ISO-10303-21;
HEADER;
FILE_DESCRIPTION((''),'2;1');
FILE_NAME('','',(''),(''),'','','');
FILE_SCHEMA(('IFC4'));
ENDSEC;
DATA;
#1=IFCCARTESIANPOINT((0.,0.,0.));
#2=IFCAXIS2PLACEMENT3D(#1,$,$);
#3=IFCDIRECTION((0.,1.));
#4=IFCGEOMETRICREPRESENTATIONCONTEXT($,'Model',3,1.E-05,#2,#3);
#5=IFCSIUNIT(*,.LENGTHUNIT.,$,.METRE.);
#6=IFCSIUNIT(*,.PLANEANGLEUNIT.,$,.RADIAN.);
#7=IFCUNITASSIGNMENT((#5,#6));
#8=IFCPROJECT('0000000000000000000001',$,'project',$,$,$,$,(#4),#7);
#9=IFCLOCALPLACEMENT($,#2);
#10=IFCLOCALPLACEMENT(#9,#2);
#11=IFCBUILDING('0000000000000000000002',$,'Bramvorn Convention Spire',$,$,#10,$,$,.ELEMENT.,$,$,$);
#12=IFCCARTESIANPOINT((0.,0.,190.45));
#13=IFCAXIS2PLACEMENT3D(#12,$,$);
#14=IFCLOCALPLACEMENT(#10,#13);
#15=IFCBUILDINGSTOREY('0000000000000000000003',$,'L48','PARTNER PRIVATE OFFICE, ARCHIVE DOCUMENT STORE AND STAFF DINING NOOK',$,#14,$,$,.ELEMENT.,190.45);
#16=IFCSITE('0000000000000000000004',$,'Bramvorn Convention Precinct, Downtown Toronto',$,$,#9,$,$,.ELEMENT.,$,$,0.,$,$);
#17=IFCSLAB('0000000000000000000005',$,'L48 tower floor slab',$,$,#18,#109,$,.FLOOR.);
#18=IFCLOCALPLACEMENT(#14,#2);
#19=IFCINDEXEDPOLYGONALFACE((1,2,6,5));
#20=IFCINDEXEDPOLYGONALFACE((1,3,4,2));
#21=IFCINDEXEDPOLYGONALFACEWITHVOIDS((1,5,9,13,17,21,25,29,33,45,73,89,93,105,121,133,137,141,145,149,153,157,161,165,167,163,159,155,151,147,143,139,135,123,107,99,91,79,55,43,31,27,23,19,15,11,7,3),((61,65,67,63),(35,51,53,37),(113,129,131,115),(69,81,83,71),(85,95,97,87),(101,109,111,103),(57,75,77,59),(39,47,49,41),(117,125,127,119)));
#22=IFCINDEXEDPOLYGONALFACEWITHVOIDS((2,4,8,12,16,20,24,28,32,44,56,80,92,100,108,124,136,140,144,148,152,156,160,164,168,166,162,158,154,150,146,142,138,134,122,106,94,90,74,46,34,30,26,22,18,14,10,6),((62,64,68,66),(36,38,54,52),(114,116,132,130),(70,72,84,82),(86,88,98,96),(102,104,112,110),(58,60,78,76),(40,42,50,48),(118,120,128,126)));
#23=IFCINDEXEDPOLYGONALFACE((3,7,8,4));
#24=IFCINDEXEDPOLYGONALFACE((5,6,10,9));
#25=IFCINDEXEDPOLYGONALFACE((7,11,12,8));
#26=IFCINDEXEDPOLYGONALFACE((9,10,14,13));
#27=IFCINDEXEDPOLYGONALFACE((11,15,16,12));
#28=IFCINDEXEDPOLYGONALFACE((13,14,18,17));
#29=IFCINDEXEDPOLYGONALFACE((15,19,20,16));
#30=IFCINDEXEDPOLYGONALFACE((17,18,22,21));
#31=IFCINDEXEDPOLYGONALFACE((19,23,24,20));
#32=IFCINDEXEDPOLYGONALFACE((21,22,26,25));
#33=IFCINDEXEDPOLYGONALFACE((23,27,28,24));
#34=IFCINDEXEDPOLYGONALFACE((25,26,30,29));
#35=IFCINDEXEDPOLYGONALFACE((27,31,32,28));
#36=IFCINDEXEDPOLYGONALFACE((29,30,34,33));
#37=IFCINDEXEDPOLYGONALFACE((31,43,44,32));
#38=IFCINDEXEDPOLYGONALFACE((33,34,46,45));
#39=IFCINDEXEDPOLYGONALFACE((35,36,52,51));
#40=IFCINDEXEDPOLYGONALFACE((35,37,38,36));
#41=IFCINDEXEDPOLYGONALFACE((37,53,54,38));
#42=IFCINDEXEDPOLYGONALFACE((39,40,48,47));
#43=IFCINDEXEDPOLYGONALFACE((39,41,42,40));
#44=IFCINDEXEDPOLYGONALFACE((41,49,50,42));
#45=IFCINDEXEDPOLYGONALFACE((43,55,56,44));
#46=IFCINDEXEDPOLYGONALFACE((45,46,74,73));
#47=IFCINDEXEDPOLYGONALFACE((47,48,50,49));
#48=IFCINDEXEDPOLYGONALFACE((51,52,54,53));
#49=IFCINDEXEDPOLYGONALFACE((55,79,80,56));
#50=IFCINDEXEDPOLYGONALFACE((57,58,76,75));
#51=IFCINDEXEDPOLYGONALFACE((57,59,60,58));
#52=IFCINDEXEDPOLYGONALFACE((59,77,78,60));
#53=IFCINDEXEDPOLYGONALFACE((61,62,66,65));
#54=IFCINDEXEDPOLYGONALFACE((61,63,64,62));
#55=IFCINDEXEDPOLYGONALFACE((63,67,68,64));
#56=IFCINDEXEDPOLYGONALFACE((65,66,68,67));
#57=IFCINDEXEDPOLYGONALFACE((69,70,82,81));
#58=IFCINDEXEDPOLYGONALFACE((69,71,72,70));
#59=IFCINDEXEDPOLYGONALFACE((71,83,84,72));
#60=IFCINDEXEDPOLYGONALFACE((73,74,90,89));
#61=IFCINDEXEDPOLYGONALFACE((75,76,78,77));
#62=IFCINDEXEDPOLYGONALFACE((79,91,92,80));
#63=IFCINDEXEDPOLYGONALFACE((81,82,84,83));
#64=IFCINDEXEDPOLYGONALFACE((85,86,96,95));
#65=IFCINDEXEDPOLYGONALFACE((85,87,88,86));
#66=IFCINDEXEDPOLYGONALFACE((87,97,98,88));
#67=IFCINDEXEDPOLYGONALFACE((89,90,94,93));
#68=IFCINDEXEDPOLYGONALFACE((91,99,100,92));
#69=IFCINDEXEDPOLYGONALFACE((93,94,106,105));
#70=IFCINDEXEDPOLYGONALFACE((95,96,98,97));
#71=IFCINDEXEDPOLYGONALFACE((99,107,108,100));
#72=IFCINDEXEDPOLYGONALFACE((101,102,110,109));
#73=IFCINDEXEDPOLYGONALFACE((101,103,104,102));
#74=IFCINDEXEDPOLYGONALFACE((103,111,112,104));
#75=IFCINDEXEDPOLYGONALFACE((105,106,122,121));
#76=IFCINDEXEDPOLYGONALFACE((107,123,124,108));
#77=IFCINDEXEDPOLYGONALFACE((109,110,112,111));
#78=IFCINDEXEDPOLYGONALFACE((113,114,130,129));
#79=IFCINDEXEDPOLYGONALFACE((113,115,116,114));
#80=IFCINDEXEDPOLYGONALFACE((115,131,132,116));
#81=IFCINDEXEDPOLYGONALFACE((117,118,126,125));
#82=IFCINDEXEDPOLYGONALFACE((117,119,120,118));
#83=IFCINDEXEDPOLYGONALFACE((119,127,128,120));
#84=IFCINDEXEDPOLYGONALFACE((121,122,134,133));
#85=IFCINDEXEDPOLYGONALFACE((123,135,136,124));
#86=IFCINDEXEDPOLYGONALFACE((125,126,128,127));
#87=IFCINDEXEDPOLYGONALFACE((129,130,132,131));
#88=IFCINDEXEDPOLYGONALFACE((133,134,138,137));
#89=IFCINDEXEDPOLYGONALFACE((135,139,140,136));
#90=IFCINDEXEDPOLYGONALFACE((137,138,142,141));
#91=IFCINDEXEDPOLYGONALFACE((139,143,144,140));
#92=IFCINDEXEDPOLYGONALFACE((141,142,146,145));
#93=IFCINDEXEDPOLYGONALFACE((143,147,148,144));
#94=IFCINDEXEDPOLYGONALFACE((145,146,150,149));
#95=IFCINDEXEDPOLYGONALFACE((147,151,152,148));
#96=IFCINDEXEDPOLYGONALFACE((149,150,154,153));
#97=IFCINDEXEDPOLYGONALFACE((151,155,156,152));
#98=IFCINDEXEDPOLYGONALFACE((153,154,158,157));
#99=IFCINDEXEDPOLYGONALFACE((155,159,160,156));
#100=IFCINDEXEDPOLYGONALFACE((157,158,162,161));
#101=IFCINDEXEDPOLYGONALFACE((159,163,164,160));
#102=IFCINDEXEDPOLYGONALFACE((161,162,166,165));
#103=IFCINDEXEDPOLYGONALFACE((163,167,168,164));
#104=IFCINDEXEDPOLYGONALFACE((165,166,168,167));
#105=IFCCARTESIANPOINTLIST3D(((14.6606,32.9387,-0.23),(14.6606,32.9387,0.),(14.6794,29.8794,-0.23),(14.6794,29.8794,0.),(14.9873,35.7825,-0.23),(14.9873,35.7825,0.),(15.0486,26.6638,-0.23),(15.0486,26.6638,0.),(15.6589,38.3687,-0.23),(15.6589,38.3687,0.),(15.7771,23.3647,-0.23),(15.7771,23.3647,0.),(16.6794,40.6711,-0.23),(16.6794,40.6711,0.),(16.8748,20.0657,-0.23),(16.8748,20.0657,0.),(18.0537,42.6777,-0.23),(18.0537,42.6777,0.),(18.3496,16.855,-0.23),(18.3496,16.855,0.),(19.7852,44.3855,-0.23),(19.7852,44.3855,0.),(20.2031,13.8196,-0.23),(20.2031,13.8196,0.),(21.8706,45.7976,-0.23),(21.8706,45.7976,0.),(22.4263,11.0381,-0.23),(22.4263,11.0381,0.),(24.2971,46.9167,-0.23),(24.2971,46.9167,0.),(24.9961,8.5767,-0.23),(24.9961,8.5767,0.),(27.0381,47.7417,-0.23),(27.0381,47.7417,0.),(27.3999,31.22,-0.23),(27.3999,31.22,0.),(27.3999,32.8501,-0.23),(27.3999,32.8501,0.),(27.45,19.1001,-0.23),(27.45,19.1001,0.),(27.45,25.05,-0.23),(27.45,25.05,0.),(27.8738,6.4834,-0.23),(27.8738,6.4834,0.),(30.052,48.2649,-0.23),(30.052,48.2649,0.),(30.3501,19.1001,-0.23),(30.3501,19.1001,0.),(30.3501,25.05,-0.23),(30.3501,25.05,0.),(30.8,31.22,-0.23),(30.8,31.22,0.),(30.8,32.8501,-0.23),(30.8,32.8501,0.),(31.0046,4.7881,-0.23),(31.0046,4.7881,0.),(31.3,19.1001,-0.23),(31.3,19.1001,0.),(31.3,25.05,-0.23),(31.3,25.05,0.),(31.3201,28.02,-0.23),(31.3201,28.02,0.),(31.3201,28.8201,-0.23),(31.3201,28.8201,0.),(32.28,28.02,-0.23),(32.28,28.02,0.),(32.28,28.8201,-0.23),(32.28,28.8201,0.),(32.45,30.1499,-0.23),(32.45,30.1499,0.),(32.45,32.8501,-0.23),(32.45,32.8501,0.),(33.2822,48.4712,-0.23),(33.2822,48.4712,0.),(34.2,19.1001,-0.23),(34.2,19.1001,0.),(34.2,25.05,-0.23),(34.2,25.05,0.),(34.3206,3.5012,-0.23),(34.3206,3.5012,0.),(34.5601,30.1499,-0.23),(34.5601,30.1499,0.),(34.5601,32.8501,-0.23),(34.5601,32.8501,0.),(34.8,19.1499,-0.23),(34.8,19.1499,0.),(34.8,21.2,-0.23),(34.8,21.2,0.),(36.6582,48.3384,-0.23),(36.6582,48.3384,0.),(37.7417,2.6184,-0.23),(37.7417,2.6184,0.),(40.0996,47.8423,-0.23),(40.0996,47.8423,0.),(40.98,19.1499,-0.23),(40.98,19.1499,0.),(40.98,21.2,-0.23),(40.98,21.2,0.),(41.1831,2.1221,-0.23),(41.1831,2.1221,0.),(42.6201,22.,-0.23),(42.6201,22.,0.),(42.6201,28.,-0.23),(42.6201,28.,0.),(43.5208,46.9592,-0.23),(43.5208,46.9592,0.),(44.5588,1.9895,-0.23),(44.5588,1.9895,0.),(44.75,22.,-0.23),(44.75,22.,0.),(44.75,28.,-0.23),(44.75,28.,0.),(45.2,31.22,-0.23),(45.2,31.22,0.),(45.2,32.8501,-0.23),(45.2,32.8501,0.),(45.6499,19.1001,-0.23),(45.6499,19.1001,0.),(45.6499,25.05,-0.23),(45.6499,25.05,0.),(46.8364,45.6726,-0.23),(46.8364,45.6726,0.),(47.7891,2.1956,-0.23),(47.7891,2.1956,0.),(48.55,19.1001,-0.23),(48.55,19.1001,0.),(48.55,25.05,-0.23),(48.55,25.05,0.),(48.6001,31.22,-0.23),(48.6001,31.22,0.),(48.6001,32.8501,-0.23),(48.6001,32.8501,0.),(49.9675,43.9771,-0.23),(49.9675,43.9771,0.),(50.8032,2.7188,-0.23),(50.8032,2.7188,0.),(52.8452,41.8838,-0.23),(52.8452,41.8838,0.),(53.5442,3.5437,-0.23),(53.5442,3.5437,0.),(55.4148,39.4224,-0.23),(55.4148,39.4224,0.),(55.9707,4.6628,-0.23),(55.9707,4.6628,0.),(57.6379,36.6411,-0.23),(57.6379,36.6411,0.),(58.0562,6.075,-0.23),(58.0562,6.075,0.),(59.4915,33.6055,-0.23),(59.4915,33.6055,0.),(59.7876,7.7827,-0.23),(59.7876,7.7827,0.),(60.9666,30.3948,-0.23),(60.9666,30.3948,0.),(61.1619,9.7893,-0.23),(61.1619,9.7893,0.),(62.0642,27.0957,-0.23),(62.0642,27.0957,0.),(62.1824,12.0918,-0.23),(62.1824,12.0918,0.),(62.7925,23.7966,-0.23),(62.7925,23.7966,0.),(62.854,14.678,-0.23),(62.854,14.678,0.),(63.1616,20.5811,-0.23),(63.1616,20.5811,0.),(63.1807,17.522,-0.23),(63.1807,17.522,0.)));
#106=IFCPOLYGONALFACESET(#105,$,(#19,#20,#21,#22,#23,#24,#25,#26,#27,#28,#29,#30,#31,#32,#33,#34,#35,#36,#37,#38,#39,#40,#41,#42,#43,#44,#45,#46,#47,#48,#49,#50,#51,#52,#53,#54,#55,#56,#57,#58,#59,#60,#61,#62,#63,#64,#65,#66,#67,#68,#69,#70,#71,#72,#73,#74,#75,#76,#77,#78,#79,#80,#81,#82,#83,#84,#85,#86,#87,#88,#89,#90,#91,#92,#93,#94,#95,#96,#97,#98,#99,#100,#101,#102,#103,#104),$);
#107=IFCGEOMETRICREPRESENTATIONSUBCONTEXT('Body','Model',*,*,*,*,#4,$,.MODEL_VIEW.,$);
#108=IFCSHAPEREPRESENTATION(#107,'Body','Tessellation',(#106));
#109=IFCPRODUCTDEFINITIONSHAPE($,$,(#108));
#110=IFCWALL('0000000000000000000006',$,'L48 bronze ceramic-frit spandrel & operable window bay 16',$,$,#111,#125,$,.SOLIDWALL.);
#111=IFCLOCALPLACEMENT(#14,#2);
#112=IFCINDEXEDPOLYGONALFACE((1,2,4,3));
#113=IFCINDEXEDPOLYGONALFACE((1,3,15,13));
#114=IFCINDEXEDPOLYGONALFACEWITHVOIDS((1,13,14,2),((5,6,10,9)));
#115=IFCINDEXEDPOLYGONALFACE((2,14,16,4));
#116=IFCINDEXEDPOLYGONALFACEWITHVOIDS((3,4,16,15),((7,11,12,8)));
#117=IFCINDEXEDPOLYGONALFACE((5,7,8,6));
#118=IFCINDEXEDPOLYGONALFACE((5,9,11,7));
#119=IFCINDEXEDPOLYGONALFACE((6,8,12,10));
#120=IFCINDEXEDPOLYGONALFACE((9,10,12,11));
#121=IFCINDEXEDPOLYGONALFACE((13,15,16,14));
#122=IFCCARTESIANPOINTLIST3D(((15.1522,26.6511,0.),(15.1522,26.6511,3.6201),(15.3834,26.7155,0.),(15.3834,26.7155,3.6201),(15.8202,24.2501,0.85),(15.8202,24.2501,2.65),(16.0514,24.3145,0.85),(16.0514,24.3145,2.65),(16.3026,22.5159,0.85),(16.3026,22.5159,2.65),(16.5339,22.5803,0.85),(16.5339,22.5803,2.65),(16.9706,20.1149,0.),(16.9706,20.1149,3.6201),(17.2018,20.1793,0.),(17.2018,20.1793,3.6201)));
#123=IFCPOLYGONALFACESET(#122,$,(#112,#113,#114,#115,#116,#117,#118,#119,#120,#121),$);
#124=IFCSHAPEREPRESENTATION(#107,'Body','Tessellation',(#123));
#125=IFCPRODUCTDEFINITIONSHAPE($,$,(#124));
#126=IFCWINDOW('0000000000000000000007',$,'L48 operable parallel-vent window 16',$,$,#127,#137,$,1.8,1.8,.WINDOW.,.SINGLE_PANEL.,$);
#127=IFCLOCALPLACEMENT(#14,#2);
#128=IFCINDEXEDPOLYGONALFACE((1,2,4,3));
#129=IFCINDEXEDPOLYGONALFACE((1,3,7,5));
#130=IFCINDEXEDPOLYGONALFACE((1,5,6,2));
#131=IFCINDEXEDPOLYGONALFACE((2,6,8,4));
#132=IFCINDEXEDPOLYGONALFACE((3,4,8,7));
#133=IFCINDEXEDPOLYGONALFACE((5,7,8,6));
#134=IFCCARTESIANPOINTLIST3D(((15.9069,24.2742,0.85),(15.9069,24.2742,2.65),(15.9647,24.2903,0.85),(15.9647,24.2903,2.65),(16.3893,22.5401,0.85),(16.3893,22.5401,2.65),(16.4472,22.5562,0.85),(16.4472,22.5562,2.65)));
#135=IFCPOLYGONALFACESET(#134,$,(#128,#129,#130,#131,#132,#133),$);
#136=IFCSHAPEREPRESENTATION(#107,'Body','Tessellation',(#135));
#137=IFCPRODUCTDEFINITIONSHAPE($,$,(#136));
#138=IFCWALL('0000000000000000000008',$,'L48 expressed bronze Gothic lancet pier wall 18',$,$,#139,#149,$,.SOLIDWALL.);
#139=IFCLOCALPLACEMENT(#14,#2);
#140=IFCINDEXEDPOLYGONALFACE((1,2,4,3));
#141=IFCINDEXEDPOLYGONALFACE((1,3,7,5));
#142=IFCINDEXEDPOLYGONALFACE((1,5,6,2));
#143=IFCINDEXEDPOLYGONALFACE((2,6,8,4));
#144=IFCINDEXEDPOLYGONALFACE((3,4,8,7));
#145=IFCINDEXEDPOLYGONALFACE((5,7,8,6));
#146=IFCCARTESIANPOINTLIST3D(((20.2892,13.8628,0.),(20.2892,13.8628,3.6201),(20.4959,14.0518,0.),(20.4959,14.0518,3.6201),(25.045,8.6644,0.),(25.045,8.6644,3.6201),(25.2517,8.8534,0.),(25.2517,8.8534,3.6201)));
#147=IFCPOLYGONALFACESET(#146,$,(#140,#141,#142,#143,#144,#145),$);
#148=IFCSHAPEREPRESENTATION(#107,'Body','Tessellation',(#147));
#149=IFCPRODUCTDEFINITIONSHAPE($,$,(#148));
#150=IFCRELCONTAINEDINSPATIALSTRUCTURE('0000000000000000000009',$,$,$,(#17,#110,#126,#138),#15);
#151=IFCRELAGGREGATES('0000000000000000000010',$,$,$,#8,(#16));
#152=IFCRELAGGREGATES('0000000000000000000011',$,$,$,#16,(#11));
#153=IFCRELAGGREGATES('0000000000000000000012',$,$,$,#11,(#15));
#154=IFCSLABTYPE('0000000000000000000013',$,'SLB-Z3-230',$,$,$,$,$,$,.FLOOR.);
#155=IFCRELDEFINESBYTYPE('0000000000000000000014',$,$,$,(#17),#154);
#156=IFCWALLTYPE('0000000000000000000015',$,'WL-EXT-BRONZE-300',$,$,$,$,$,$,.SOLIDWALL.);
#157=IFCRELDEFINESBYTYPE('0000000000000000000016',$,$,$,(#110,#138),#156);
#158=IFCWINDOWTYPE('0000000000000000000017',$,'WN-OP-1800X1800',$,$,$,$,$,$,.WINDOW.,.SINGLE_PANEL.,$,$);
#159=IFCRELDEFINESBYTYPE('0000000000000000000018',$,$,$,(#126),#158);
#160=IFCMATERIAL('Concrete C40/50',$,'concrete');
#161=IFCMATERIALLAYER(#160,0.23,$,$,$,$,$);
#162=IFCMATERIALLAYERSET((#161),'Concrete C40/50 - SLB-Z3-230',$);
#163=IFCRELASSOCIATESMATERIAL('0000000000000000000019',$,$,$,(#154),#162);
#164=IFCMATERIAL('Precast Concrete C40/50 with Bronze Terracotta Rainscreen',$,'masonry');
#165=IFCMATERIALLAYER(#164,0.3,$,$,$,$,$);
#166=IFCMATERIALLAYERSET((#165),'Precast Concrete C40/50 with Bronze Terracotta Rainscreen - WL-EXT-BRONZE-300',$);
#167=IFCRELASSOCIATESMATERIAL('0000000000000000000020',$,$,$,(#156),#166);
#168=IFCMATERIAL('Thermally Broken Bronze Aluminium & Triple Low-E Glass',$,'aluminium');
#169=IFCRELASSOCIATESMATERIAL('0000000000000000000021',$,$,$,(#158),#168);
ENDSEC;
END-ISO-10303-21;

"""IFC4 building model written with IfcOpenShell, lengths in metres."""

from ifc_helpers import new_model, si_unit, direction, frame, frame_2d, origin, place, context, subcontext, project, spatial, polyline, rectangle, outline, extrude, material, layer, layer_set, type_object, element, fill, save


model = new_model("IFC4")

# Units and contexts
model_context = context("Model", 3, precision=1e-05, world=origin(), true_north=direction((0.0, 1.0)))
body_context = subcontext(model_context, "Body", "Model", "MODEL_VIEW")
ifc_project = project(units=[si_unit("LENGTHUNIT", "METRE"), si_unit("PLANEANGLEUNIT", "RADIAN")], contexts=[model_context])

# Site, building, storey
site_placement = place(None, origin())
site = spatial("IfcSite", under=ifc_project, at=site_placement, Name="Bramvorn Convention Precinct, Downtown Toronto", CompositionType="ELEMENT", RefElevation=0.0)
building_placement = place(site_placement, origin())
building = spatial("IfcBuilding", under=site, at=building_placement, Name="Bramvorn Convention Spire", CompositionType="ELEMENT")
storey_placement = place(building_placement, frame((0.0, 0.0, 190.45)))
storey = spatial("IfcBuildingStorey", under=building, at=storey_placement, Name="L48", Description="PARTNER PRIVATE OFFICE, ARCHIVE DOCUMENT STORE AND STAFF DINING NOOK", CompositionType="ELEMENT", Elevation=190.45)

# Slab
ifc_material_1 = material(Name="Concrete C40/50", Category="concrete")
ifc_layer_1 = layer(ifc_material_1, 0.23)
ifc_layer_set_1 = layer_set([ifc_layer_1], Name="Concrete C40/50 - SLB-Z3-230")
slab_type_1 = type_object("IfcSlabType", Name="SLB-Z3-230", PredefinedType="FLOOR", material=ifc_layer_set_1)
slab_1_placement = place(storey_placement, frame((0.0, 0.0, -0.23)))
element("IfcSlab", 1, at=slab_1_placement, inside=storey, type_object=slab_type_1, Name="L48 tower floor slab", PredefinedType="FLOOR", context=body_context, shape_type="SweptSolid", body=[
    extrude(outline(polyline([(59.7876, 7.7827), (61.1619, 9.7893), (62.1824, 12.0918), (62.854, 14.678), (63.1807, 17.522), (63.1616, 20.5811), (62.7925, 23.7966), (62.0642, 27.0957), (60.9666, 30.3948), (59.4915, 33.6055), (57.6379, 36.6411), (55.4148, 39.4224), (52.8452, 41.8838), (49.9675, 43.9771), (46.8364, 45.6726), (43.5208, 46.9592), (40.0996, 47.8423), (36.6582, 48.3384), (33.2822, 48.4712), (30.052, 48.2649), (27.0381, 47.7417), (24.2971, 46.9167), (21.8706, 45.7976), (19.7852, 44.3855), (18.0537, 42.6777), (16.6794, 40.6711), (15.6589, 38.3687), (14.9873, 35.7825), (14.6606, 32.9387), (14.6794, 29.8794), (15.0486, 26.6638), (15.7771, 23.3647), (16.8748, 20.0657), (18.3496, 16.855), (20.2031, 13.8196), (22.4263, 11.0381), (24.9961, 8.5767), (27.8738, 6.4834), (31.0046, 4.7881), (34.3206, 3.5012), (37.7417, 2.6184), (41.1831, 2.1221), (44.5588, 1.9895), (47.7891, 2.1956), (50.8032, 2.7188), (53.5442, 3.5437), (55.9707, 4.6628), (58.0562, 6.075), (59.7876, 7.7827)]), holes=[polyline([(27.45, 25.05), (27.45, 19.1001), (30.3501, 19.1001), (30.3501, 25.05), (27.45, 25.05)]), polyline([(45.6499, 25.05), (45.6499, 19.1001), (48.55, 19.1001), (48.55, 25.05), (45.6499, 25.05)]), polyline([(31.3, 25.05), (31.3, 19.1001), (34.2, 19.1001), (34.2, 25.05), (31.3, 25.05)]), polyline([(27.3999, 31.22), (30.8, 31.22), (30.8, 32.8501), (27.3999, 32.8501), (27.3999, 31.22)]), polyline([(45.2, 31.22), (48.6001, 31.22), (48.6001, 32.8501), (45.2, 32.8501), (45.2, 31.22)]), polyline([(32.45, 30.1499), (34.5601, 30.1499), (34.5601, 32.8501), (32.45, 32.8501), (32.45, 30.1499)]), polyline([(34.8, 19.1499), (40.98, 19.1499), (40.98, 21.2), (34.8, 21.2), (34.8, 19.1499)]), polyline([(42.6201, 22.0), (44.75, 22.0), (44.75, 28.0), (42.6201, 28.0), (42.6201, 22.0)]), polyline([(31.3201, 28.02), (32.28, 28.02), (32.28, 28.8201), (31.3201, 28.8201), (31.3201, 28.02)])]), origin(), (0.0, 0.0, 1.0), 0.23),
])

# Wall, opening, window
ifc_material_2 = material(Name="Precast Concrete C40/50 with Bronze Terracotta Rainscreen", Category="masonry")
ifc_layer_2 = layer(ifc_material_2, 0.3)
ifc_layer_set_2 = layer_set([ifc_layer_2], Name="Precast Concrete C40/50 with Bronze Terracotta Rainscreen - WL-EXT-BRONZE-300")
wall_type_1 = type_object("IfcWallType", Name="WL-EXT-BRONZE-300", PredefinedType="SOLIDWALL", material=ifc_layer_set_2)
wall_1_placement = place(storey_placement, frame((17.0862, 20.1472, 0.0), z_axis=(0.0, 0.0, 1.0), x_axis=(-0.268022, 0.963413, 0.0)))
wall_1 = element("IfcWall", 2, at=wall_1_placement, inside=storey, type_object=wall_type_1, Name="L48 bronze ceramic-frit spandrel & operable window bay 16", PredefinedType="SOLIDWALL", context=body_context, shape_type="SweptSolid", body=[
    extrude(rectangle(XDim=6.7844, YDim=0.24, at=frame_2d((3.3921, 0.0))), origin(), (0.0, 0.0, 1.0), 3.6201),
])
opening_1_placement = place(wall_1_placement, frame((2.4922, 0.0, 0.8501)))
opening_1 = element("IfcOpeningElement", 3, at=opening_1_placement, cuts=wall_1, PredefinedType="OPENING", context=body_context, shape_type="SweptSolid", body=[
    extrude(rectangle(XDim=1.8, YDim=1.8, at=frame_2d((0.8999, 0.8999))), frame((0.0, 0.1299, 0.0), z_axis=(0.0, -1.0, 0.0), x_axis=(1.0, 0.0, 0.0)), (0.0, 0.0, 1.0), 0.26),
])
ifc_material_3 = material(Name="Thermally Broken Bronze Aluminium & Triple Low-E Glass", Category="aluminium")
window_type = type_object("IfcWindowType", Name="WN-OP-1800X1800", PartitioningType="SINGLE_PANEL", PredefinedType="WINDOW", material=ifc_material_3)
window_placement = place(opening_1_placement, origin())
window = element("IfcWindow", 4, at=window_placement, inside=storey, type_object=window_type, Name="L48 operable parallel-vent window 16", OverallHeight=1.8, OverallWidth=1.8, PartitioningType="SINGLE_PANEL", PredefinedType="WINDOW", context=body_context, shape_type="SweptSolid", body=[
    extrude(rectangle(XDim=1.8, YDim=1.8, at=frame_2d((0.8999, 0.8999))), frame((0.0, 0.03, 0.0), z_axis=(0.0, -1.0, 0.0), x_axis=(1.0, 0.0, 0.0)), (0.0, 0.0, 1.0), 0.0601),
])
fill(opening_1, window)

# Wall
wall_2_placement = place(storey_placement, frame((25.1484, 8.7588, 0.0), z_axis=(0.0, 0.0, 1.0), x_axis=(-0.674998, 0.73782, 0.0)))
element("IfcWall", 5, at=wall_2_placement, inside=storey, type_object=wall_type_1, Name="L48 expressed bronze Gothic lancet pier wall 18", PredefinedType="SOLIDWALL", context=body_context, shape_type="SweptSolid", body=[
    extrude(rectangle(XDim=7.0457, YDim=0.28, at=frame_2d((3.5229, 0.0))), origin(), (0.0, 0.0, 1.0), 3.6201),
])

save(model, "model.ifc")
